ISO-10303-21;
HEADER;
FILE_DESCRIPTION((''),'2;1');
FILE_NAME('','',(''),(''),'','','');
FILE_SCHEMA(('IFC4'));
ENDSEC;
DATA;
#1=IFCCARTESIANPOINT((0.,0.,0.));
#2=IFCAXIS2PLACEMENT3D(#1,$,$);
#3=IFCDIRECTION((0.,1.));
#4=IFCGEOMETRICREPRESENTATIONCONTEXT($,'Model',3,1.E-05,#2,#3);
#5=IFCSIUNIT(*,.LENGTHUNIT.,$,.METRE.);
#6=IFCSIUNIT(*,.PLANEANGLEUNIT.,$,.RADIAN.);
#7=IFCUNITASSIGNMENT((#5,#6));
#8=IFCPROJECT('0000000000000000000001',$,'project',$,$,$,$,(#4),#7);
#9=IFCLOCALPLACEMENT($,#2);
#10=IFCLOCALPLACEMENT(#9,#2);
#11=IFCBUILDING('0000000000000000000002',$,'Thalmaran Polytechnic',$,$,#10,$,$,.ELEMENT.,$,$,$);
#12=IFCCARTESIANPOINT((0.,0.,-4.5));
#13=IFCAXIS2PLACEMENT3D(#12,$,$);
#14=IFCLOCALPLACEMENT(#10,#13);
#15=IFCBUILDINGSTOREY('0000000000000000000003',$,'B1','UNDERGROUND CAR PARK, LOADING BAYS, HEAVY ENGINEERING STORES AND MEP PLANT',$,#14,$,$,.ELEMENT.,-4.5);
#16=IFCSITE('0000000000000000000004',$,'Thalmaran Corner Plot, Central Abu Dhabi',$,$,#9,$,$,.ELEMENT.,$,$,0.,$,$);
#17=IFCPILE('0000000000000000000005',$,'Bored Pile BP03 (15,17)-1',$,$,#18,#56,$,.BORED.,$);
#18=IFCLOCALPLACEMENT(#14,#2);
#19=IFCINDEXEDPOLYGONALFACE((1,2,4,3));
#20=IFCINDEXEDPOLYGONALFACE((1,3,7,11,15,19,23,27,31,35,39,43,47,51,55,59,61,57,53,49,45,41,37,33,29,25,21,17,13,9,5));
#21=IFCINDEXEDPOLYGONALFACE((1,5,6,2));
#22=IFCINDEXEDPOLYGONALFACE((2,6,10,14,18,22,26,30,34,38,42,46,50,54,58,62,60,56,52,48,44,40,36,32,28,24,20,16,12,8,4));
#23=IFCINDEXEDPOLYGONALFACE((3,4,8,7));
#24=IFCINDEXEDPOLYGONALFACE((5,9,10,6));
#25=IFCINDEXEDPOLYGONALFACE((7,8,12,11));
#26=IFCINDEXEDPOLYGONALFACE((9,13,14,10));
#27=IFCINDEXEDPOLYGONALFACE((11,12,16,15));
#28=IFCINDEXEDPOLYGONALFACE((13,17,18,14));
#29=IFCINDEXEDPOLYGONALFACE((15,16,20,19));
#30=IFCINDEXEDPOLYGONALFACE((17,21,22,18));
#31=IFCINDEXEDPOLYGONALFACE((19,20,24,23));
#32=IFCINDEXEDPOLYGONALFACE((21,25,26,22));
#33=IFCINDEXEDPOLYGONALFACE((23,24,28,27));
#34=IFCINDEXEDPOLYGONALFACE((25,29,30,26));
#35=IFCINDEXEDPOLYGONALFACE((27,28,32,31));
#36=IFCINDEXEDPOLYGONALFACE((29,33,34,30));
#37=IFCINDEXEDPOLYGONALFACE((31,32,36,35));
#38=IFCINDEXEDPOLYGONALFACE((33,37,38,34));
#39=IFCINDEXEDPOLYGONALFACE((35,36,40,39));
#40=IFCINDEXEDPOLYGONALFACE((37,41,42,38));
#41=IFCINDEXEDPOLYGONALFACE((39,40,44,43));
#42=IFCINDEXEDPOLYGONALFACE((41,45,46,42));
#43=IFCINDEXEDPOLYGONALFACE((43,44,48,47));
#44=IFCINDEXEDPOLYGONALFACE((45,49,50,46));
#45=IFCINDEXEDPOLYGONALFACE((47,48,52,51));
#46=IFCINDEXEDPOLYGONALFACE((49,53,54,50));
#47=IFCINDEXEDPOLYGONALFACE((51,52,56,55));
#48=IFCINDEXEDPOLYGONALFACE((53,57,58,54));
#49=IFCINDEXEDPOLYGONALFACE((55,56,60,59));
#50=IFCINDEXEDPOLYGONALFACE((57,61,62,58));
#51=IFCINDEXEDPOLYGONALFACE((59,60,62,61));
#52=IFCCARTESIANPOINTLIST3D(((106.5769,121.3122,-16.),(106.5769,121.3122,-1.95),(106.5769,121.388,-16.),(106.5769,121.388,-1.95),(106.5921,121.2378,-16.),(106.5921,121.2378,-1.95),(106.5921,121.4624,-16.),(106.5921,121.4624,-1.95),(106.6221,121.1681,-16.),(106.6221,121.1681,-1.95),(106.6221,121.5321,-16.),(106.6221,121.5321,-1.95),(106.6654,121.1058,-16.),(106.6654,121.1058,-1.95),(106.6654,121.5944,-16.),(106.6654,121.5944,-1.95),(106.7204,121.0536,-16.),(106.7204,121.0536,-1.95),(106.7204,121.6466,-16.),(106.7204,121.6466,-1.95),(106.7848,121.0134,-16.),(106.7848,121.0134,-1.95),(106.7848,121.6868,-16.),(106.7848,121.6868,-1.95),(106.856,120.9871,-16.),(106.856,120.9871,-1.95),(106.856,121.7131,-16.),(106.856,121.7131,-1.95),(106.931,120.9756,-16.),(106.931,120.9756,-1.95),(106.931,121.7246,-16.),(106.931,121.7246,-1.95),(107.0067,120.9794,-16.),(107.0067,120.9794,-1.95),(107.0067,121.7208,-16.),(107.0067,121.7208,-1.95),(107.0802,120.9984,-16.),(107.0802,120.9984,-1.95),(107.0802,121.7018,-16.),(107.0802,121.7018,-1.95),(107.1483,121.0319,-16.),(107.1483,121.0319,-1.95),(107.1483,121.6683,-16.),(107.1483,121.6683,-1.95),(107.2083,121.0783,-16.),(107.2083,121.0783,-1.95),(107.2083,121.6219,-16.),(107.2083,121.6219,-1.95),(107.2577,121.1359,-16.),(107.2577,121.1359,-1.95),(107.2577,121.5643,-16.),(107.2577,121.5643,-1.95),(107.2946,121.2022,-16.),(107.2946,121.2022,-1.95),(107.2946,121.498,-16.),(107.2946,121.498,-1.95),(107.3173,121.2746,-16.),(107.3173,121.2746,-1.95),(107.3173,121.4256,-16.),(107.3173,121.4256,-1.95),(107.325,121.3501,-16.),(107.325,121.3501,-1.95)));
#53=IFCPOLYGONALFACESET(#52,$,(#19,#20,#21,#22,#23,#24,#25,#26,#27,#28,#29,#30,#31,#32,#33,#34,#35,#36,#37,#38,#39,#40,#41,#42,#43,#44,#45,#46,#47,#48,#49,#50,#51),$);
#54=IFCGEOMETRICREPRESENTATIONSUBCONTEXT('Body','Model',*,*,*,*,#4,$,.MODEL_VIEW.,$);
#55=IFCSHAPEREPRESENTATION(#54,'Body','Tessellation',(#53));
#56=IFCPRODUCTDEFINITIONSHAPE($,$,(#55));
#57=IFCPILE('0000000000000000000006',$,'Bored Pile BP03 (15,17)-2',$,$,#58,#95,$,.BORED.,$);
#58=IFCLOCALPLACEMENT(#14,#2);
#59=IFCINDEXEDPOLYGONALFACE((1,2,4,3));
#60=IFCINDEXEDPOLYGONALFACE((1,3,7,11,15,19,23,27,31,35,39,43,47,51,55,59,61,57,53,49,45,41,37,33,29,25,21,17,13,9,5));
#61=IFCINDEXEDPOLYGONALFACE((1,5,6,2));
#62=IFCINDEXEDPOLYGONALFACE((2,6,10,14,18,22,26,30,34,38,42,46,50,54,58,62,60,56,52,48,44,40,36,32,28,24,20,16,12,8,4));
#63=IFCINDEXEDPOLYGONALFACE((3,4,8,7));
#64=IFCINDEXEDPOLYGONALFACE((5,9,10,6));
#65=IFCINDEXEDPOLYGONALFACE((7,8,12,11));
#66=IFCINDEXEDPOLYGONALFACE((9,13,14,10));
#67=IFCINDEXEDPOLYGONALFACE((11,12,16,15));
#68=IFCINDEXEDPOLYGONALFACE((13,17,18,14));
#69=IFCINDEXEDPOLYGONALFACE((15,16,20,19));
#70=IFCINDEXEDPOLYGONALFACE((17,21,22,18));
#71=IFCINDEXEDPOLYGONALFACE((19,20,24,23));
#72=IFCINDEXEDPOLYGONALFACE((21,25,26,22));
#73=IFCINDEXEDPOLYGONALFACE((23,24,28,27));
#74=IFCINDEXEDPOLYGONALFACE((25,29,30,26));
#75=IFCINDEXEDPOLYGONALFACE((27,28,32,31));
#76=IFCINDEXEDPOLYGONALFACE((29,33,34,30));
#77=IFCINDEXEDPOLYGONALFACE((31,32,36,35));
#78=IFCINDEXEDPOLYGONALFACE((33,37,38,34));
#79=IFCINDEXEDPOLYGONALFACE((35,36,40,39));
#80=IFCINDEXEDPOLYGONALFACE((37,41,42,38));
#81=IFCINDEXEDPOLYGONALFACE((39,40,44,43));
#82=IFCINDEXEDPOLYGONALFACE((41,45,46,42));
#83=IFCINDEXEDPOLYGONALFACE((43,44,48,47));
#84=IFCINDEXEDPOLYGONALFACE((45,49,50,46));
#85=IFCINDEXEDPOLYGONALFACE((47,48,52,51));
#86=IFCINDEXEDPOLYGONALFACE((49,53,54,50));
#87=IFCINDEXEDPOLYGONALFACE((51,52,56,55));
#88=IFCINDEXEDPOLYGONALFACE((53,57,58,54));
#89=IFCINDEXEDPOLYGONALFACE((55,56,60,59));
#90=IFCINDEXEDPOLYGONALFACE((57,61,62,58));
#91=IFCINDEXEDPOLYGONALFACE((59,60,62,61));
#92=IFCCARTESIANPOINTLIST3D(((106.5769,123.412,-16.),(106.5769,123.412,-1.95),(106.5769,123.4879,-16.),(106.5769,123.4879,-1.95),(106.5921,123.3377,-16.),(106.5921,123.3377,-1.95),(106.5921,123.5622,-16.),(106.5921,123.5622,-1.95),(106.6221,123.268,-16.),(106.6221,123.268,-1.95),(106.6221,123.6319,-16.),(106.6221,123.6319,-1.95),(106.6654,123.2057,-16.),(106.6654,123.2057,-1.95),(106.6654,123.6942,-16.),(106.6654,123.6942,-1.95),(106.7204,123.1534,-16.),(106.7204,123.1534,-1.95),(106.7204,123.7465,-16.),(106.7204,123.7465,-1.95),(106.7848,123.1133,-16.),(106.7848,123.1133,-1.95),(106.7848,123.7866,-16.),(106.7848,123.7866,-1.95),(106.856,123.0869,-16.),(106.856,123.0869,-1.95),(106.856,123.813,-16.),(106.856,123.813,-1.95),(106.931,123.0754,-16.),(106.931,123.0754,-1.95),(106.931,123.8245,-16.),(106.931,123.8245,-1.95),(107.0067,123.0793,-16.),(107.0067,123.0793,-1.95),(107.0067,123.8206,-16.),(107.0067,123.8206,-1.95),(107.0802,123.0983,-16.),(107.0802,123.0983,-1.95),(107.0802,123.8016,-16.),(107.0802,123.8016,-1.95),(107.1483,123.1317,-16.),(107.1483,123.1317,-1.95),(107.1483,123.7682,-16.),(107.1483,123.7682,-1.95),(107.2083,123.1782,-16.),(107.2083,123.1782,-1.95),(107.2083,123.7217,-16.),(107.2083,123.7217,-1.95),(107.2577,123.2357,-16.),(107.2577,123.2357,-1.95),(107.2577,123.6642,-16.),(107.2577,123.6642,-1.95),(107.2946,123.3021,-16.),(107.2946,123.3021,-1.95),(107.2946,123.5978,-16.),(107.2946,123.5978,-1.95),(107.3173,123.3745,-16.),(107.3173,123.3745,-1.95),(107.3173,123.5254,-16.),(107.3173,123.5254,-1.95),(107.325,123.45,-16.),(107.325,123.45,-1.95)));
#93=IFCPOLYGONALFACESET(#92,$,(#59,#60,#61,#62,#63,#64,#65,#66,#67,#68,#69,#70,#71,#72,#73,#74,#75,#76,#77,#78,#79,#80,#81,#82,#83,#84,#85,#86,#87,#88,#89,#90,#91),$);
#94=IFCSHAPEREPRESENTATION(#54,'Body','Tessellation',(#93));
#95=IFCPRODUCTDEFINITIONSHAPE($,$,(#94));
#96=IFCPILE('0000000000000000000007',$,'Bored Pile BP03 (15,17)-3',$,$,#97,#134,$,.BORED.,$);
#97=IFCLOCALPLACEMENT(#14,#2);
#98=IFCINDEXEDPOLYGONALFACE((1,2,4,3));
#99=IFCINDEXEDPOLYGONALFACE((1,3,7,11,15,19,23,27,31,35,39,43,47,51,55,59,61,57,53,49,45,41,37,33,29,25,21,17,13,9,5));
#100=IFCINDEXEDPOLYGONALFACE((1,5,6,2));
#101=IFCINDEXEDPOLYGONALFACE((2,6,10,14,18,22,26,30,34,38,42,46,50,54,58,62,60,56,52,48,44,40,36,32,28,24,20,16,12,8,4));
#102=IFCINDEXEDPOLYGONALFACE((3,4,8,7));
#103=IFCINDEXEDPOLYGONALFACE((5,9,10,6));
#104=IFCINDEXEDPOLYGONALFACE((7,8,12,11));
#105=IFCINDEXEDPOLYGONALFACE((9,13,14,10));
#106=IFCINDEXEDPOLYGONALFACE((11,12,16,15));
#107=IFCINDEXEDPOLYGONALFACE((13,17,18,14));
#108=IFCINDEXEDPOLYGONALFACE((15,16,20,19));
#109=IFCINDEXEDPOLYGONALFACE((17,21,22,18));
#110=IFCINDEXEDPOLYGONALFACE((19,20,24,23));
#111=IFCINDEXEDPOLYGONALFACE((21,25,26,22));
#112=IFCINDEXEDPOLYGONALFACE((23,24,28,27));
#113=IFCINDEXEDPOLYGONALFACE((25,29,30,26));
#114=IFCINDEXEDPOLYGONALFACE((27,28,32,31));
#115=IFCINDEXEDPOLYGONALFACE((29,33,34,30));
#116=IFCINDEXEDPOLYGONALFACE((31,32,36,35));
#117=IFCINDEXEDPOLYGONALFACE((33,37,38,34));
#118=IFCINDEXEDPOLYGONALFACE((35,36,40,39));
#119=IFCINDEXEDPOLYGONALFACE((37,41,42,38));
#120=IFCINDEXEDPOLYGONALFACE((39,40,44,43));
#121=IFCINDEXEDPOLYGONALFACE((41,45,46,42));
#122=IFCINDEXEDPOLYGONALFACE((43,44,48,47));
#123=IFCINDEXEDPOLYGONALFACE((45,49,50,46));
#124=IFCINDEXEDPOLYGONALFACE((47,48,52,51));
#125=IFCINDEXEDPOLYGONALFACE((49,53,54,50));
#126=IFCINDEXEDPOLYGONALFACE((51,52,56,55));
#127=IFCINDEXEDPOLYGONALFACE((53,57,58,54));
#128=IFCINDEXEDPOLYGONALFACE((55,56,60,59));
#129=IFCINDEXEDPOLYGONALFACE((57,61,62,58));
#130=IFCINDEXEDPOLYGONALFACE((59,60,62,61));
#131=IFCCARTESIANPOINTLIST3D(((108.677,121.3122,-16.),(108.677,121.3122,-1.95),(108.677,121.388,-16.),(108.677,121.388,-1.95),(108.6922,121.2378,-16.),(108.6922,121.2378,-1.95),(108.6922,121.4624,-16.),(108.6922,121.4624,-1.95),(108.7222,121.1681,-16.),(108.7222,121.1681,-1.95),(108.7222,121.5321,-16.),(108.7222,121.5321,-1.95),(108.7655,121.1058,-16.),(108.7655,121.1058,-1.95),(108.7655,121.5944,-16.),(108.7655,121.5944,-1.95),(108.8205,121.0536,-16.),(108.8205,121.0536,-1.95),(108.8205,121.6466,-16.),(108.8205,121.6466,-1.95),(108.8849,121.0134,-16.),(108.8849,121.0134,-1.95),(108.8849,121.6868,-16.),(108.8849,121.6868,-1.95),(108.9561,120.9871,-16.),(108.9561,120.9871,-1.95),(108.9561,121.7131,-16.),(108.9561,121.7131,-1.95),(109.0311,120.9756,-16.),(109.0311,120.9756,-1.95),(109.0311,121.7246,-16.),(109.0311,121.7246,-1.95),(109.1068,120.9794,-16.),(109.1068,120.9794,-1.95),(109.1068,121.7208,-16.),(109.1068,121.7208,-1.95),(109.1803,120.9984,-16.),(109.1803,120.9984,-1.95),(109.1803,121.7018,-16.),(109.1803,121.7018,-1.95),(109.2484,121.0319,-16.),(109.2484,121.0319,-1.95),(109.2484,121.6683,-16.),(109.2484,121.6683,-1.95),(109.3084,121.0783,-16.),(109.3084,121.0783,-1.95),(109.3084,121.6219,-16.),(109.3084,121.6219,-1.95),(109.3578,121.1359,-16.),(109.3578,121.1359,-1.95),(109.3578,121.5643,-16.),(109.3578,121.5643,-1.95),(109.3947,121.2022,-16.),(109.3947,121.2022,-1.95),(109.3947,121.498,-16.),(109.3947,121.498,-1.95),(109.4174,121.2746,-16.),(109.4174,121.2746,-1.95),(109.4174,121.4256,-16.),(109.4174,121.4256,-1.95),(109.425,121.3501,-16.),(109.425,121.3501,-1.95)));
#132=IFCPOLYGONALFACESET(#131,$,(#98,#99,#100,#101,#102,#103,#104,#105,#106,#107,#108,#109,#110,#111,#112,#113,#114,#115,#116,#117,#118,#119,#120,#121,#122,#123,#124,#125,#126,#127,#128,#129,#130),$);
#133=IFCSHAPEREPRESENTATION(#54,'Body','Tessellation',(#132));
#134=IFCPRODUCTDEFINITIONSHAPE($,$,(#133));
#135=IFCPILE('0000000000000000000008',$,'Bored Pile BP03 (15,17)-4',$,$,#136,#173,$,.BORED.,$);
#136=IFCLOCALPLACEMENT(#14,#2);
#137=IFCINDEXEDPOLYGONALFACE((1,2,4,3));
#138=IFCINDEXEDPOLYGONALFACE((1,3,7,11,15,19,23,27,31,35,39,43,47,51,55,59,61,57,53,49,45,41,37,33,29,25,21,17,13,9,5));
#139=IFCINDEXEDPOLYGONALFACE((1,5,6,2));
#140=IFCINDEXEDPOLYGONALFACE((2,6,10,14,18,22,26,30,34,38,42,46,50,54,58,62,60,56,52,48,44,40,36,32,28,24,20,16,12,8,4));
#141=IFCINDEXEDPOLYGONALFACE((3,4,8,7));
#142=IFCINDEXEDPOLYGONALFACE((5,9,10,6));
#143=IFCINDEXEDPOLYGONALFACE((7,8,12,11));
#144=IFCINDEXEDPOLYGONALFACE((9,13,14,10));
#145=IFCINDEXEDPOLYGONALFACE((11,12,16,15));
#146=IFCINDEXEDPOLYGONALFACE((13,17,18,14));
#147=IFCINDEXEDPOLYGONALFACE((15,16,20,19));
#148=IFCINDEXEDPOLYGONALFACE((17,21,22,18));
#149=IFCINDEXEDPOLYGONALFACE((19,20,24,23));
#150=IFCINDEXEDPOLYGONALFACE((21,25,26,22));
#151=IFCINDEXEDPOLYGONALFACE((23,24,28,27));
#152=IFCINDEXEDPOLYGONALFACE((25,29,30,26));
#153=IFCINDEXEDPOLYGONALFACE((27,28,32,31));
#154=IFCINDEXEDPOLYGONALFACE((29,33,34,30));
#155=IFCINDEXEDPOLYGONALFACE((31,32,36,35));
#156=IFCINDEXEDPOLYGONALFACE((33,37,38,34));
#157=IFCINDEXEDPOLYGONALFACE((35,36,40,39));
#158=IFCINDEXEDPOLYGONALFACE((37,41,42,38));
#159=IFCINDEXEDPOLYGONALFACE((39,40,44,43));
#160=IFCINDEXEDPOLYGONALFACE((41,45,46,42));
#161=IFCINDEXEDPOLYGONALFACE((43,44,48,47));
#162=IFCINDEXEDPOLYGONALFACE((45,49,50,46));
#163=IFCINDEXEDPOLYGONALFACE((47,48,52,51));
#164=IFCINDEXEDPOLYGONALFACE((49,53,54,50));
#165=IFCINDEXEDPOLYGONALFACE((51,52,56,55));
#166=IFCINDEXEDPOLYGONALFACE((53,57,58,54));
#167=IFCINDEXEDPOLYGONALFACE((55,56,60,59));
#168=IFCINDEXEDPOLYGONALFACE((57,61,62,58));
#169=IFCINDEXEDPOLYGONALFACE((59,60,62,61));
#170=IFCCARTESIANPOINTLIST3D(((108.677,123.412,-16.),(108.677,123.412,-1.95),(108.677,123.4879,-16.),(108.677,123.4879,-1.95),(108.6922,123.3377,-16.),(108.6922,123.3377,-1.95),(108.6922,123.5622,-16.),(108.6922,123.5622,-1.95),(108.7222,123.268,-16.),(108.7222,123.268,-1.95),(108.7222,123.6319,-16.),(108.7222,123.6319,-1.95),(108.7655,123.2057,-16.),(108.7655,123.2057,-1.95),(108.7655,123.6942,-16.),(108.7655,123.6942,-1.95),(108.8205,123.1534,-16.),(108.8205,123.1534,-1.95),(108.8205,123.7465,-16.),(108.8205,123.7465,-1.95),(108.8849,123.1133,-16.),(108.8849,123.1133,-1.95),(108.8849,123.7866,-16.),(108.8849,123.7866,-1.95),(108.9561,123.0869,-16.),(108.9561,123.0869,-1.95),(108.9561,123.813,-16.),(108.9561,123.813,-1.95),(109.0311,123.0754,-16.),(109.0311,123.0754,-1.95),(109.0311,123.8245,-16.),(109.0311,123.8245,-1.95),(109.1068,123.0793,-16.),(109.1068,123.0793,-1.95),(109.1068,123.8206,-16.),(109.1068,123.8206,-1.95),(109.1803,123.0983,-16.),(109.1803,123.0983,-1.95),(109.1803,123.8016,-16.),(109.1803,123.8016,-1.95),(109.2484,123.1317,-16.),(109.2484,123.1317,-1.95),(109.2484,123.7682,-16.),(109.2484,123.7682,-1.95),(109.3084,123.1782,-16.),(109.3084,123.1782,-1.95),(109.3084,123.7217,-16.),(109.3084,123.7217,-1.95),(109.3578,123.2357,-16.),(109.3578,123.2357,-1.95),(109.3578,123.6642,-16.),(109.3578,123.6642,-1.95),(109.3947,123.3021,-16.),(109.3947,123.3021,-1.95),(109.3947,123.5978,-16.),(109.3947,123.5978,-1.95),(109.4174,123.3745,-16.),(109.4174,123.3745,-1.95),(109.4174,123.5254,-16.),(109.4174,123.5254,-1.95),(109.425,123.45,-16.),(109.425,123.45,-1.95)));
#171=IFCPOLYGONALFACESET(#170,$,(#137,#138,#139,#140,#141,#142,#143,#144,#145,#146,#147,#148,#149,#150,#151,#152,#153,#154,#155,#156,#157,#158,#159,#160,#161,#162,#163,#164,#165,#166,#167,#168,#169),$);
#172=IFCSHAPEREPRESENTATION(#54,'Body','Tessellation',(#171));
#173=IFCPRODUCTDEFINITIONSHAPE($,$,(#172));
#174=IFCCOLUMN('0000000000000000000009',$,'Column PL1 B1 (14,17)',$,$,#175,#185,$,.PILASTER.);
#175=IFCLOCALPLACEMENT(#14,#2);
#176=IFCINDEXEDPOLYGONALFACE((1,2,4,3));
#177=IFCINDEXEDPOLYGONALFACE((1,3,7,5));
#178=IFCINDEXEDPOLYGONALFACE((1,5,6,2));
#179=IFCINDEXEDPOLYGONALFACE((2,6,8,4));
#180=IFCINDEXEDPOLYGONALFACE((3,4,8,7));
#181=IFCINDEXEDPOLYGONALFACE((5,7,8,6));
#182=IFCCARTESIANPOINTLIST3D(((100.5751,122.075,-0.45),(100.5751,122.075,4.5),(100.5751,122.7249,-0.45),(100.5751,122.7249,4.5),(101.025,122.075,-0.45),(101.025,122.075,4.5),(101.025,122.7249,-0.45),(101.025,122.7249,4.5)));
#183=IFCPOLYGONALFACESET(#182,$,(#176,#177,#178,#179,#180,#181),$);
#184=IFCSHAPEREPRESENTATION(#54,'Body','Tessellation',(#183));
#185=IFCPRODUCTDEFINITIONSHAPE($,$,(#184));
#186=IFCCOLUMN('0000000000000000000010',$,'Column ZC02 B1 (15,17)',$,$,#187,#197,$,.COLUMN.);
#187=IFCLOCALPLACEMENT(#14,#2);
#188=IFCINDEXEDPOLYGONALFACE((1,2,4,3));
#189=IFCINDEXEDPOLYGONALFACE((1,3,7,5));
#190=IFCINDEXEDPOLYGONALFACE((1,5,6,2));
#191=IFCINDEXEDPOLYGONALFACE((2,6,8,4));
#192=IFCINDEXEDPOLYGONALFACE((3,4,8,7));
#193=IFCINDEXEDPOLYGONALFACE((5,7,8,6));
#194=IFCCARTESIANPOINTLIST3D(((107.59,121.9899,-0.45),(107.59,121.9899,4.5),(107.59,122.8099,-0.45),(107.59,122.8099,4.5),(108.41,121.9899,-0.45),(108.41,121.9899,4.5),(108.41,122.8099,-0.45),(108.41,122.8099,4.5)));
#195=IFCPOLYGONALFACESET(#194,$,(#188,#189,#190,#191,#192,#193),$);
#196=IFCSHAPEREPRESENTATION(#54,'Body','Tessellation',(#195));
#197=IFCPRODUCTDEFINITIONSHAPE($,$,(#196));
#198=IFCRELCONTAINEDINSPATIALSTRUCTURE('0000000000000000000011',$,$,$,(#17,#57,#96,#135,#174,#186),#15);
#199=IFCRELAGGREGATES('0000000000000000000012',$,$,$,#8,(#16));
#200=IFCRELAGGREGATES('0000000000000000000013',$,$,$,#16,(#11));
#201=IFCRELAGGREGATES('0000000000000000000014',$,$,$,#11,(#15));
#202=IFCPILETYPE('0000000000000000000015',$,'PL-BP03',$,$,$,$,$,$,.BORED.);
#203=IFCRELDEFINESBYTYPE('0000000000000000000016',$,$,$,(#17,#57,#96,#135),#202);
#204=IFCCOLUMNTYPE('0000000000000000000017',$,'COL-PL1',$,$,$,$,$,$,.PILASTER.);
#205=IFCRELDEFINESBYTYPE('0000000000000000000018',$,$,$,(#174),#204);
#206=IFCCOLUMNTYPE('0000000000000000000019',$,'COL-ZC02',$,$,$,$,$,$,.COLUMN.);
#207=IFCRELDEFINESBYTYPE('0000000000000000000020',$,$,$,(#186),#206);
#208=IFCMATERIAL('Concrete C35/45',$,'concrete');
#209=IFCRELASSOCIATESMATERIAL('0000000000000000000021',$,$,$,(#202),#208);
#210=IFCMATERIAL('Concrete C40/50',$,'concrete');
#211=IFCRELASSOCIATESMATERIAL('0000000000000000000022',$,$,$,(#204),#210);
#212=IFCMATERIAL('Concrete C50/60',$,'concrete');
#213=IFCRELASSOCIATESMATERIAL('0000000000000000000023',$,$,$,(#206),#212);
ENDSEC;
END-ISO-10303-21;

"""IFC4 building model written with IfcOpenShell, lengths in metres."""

from ifc_helpers import new_model, si_unit, direction, frame, origin, origin_2d, place, context, subcontext, project, spatial, rectangle, circle, extrude, material, material_profile, profile_set, type_object, element, save


model = new_model("IFC4")

# Units and contexts
model_context = context("Model", 3, precision=1e-05, world=origin(), true_north=direction((0.0, 1.0)))
body_context = subcontext(model_context, "Body", "Model", "MODEL_VIEW")
ifc_project = project(units=[si_unit("LENGTHUNIT", "METRE"), si_unit("PLANEANGLEUNIT", "RADIAN")], contexts=[model_context])

# Site, building, storey
site_placement = place(None, origin())
site = spatial("IfcSite", under=ifc_project, at=site_placement, Name="Thalmaran Corner Plot, Central Abu Dhabi", CompositionType="ELEMENT", RefElevation=0.0)
building_placement = place(site_placement, origin())
building = spatial("IfcBuilding", under=site, at=building_placement, Name="Thalmaran Polytechnic", CompositionType="ELEMENT")
storey_placement = place(building_placement, frame((0.0, 0.0, -4.5)))
storey = spatial("IfcBuildingStorey", under=building, at=storey_placement, Name="B1", Description="UNDERGROUND CAR PARK, LOADING BAYS, HEAVY ENGINEERING STORES AND MEP PLANT", CompositionType="ELEMENT", Elevation=-4.5)

# Shared definitions
ifc_material_1 = material(Name="Concrete C40/50", Category="concrete")

# Piles
ifc_material_2 = material(Name="Concrete C35/45", Category="concrete")
ifc_material_profile_1 = material_profile(ifc_material_2, circle(Radius=0.375, at=origin_2d()), Name="RC 750 DIA")
ifc_profile_set_1 = profile_set([ifc_material_profile_1], Name="Concrete C35/45")
pile_type = type_object("IfcPileType", Name="PL-BP03", PredefinedType="BORED", material=ifc_profile_set_1)
for number, where, z_axis, x_axis, name in (
    (1, (106.95, 121.3501, -1.95), (0.0, 0.0, -1.0), (1.0, 0.0, 0.0), "Bored Pile BP03 (15,17)-1"),
    (2, (106.95, 123.45, -1.95), (0.0, 0.0, -1.0), (1.0, 0.0, 0.0), "Bored Pile BP03 (15,17)-2"),
    (3, (109.05, 121.3501, -1.95), (0.0, 0.0, -1.0), (1.0, 0.0, 0.0), "Bored Pile BP03 (15,17)-3"),
    (4, (109.05, 123.45, -1.95), (0.0, 0.0, -1.0), (1.0, 0.0, 0.0), "Bored Pile BP03 (15,17)-4"),
):
    element("IfcPile", number, at=place(storey_placement, frame(where, z_axis=z_axis, x_axis=x_axis)), inside=storey, type_object=pile_type, Name=name, PredefinedType="BORED", context=body_context, shape_type="SweptSolid", body=[
        extrude(circle(Radius=0.375, at=origin_2d()), origin(), (0.0, 0.0, 1.0), 14.05),
    ])

# Columns
ifc_material_profile_2 = material_profile(ifc_material_1, rectangle(XDim=0.45, YDim=0.6499, at=origin_2d()), Name="RC 450x650")
ifc_profile_set_2 = profile_set([ifc_material_profile_2], Name="Concrete C40/50")
column_type_1 = type_object("IfcColumnType", Name="COL-PL1", PredefinedType="PILASTER", material=ifc_profile_set_2)
column_1_placement = place(storey_placement, frame((100.8, 122.3999, -0.45), z_axis=(0.0, 0.0, 1.0), x_axis=(1.0, 0.0, 0.0)))
element("IfcColumn", 5, at=column_1_placement, inside=storey, type_object=column_type_1, Name="Column PL1 B1 (14,17)", PredefinedType="PILASTER", context=body_context, shape_type="SweptSolid", body=[
    extrude(rectangle(XDim=0.45, YDim=0.6499, at=origin_2d()), origin(), (0.0, 0.0, 1.0), 4.95),
])
ifc_material_3 = material(Name="Concrete C50/60", Category="concrete")
ifc_material_profile_3 = material_profile(ifc_material_3, rectangle(XDim=0.8201, YDim=0.8201, at=origin_2d()), Name="RC 820x820")
ifc_profile_set_3 = profile_set([ifc_material_profile_3], Name="Concrete C50/60")
column_type_2 = type_object("IfcColumnType", Name="COL-ZC02", PredefinedType="COLUMN", material=ifc_profile_set_3)
column_2_placement = place(storey_placement, frame((108.0, 122.3999, -0.45), z_axis=(0.0, 0.0, 1.0), x_axis=(1.0, 0.0, 0.0)))
element("IfcColumn", 6, at=column_2_placement, inside=storey, type_object=column_type_2, Name="Column ZC02 B1 (15,17)", PredefinedType="COLUMN", context=body_context, shape_type="SweptSolid", body=[
    extrude(rectangle(XDim=0.8201, YDim=0.8201, at=origin_2d()), origin(), (0.0, 0.0, 1.0), 4.95),
])

save(model, "model.ifc")
